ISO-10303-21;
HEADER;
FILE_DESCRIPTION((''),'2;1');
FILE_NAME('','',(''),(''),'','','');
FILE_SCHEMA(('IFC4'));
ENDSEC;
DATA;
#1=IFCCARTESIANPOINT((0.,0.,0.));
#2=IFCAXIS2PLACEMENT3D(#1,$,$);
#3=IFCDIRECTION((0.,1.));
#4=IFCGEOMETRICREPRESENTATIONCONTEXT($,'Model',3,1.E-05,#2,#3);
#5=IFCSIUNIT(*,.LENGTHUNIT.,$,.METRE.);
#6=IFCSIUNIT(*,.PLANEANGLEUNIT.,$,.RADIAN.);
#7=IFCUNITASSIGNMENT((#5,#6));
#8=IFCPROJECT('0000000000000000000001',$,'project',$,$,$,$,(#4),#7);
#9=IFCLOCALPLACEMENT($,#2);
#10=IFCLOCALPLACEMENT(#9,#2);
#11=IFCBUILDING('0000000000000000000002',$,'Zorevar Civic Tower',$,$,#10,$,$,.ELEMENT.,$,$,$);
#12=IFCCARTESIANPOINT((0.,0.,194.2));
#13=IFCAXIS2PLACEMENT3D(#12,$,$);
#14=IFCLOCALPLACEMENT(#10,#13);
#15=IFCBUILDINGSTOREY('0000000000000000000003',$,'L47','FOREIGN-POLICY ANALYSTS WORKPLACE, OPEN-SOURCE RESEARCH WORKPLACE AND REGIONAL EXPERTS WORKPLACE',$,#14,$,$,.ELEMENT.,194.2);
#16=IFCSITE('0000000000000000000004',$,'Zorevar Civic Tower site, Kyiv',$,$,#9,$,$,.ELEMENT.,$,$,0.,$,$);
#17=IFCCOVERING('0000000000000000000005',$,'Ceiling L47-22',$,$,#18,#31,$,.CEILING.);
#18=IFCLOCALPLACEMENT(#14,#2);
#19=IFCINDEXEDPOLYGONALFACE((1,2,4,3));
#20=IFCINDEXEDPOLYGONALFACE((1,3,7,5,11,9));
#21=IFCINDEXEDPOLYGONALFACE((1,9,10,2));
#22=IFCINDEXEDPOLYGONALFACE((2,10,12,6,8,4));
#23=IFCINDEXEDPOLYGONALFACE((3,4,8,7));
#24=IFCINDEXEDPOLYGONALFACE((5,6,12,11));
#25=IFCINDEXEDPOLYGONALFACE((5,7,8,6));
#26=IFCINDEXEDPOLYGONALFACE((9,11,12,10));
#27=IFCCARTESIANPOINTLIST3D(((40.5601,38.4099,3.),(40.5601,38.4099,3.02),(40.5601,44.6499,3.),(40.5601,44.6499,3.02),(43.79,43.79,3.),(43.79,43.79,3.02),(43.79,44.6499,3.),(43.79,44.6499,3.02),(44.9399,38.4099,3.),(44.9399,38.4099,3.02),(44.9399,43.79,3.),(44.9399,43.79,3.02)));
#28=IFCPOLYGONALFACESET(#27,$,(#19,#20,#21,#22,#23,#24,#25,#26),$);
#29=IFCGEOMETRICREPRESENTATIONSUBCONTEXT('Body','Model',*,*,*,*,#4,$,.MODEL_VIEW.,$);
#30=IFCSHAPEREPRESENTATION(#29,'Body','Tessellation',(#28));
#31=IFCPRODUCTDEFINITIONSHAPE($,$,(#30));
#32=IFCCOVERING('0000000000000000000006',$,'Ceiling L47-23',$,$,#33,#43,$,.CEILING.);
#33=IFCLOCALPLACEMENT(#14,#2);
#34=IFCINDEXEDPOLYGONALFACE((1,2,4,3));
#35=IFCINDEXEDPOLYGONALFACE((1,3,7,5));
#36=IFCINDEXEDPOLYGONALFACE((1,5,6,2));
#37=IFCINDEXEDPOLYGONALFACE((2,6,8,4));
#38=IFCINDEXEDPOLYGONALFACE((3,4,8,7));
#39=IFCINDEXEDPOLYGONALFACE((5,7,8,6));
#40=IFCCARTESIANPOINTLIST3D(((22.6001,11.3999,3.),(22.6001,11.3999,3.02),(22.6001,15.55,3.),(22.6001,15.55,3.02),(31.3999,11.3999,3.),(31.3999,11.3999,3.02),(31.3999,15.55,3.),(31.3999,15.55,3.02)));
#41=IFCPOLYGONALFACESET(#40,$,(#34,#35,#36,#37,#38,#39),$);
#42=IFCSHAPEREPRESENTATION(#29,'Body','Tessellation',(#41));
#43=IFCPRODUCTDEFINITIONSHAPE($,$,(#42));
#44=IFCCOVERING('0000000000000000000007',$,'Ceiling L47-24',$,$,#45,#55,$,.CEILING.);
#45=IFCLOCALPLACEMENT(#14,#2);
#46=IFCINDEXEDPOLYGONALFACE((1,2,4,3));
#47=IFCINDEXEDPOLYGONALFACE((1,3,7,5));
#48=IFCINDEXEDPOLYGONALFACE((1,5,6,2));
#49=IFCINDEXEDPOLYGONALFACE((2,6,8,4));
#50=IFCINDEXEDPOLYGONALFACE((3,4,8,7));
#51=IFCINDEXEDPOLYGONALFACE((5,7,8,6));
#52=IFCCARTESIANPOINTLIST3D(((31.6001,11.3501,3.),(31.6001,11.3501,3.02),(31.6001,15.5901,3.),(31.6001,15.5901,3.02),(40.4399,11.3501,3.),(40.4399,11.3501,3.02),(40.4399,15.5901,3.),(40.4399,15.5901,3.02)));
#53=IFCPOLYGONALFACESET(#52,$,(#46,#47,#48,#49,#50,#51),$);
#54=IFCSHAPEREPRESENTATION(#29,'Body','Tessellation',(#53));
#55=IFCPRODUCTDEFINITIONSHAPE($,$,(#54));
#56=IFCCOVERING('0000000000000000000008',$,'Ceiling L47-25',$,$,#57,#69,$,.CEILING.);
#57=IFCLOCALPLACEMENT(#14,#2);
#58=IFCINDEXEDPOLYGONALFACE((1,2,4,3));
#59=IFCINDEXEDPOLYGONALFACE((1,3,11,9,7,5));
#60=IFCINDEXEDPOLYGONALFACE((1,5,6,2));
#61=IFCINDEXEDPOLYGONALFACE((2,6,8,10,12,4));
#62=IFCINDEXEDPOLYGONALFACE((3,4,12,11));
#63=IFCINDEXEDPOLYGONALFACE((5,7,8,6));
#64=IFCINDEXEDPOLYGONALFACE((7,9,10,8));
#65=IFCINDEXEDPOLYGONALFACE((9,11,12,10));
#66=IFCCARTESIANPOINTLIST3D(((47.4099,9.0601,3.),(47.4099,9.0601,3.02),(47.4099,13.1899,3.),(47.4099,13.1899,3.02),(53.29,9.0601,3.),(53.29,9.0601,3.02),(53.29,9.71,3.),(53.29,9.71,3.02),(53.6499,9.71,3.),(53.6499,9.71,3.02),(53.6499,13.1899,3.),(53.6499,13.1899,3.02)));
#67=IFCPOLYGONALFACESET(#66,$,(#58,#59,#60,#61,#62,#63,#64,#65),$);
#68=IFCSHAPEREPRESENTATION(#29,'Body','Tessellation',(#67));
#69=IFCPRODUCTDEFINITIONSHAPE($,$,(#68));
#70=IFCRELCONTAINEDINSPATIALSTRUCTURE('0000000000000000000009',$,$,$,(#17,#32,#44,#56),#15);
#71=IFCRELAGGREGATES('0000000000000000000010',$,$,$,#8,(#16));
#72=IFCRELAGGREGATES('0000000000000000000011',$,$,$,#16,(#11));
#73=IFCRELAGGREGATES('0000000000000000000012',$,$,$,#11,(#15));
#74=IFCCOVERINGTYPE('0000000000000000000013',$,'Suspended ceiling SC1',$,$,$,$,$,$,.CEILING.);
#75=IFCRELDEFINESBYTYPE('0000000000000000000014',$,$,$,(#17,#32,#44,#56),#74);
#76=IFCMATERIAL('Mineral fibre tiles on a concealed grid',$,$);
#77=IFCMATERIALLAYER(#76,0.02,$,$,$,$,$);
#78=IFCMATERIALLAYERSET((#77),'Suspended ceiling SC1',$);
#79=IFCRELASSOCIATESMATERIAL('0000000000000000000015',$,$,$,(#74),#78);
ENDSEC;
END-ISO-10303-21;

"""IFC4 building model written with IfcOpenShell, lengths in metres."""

from ifc_helpers import new_model, si_unit, direction, frame, origin, place, context, subcontext, project, spatial, polyline, outline, extrude, material, layer, layer_set, type_object, element, save


model = new_model("IFC4")

# Units and contexts
model_context = context("Model", 3, precision=1e-05, world=origin(), true_north=direction((0.0, 1.0)))
body_context = subcontext(model_context, "Body", "Model", "MODEL_VIEW")
ifc_project = project(units=[si_unit("LENGTHUNIT", "METRE"), si_unit("PLANEANGLEUNIT", "RADIAN")], contexts=[model_context])

# Site, building, storey
site_placement = place(None, origin())
site = spatial("IfcSite", under=ifc_project, at=site_placement, Name="Zorevar Civic Tower site, Kyiv", CompositionType="ELEMENT", RefElevation=0.0)
building_placement = place(site_placement, origin())
building = spatial("IfcBuilding", under=site, at=building_placement, Name="Zorevar Civic Tower", CompositionType="ELEMENT")
storey_placement = place(building_placement, frame((0.0, 0.0, 194.2)))
storey = spatial("IfcBuildingStorey", under=building, at=storey_placement, Name="L47", Description="FOREIGN-POLICY ANALYSTS WORKPLACE, OPEN-SOURCE RESEARCH WORKPLACE AND REGIONAL EXPERTS WORKPLACE", CompositionType="ELEMENT", Elevation=194.2)

# Coverings
ifc_material_1 = material(Name="Mineral fibre tiles on a concealed grid")
ifc_layer_1 = layer(ifc_material_1, 0.02)
ifc_layer_set_1 = layer_set([ifc_layer_1], Name="Suspended ceiling SC1")
covering_type_1 = type_object("IfcCoveringType", Name="Suspended ceiling SC1", PredefinedType="CEILING", material=ifc_layer_set_1)
covering_1_placement = place(storey_placement, frame((0.0, 0.0, 3.0)))
element("IfcCovering", 1, at=covering_1_placement, inside=storey, type_object=covering_type_1, Name="Ceiling L47-22", PredefinedType="CEILING", context=body_context, shape_type="SweptSolid", body=[
    extrude(outline(polyline([(40.5601, 38.4099), (40.5601, 44.6499), (43.79, 44.6499), (43.79, 43.79), (44.9399, 43.79), (44.9399, 38.4099), (40.5601, 38.4099)])), origin(), (0.0, 0.0, 1.0), 0.02),
])
covering_2_placement = place(storey_placement, frame((0.0, 0.0, 3.0)))
element("IfcCovering", 2, at=covering_2_placement, inside=storey, type_object=covering_type_1, Name="Ceiling L47-23", PredefinedType="CEILING", context=body_context, shape_type="SweptSolid", body=[
    extrude(outline(polyline([(22.6001, 15.55), (31.3999, 15.55), (31.3999, 11.3999), (22.6001, 11.3999), (22.6001, 15.55)])), origin(), (0.0, 0.0, 1.0), 0.02),
])
covering_3_placement = place(storey_placement, frame((0.0, 0.0, 3.0)))
element("IfcCovering", 3, at=covering_3_placement, inside=storey, type_object=covering_type_1, Name="Ceiling L47-24", PredefinedType="CEILING", context=body_context, shape_type="SweptSolid", body=[
    extrude(outline(polyline([(31.6001, 15.5901), (40.4399, 15.5901), (40.4399, 11.3501), (31.6001, 11.3501), (31.6001, 15.5901)])), origin(), (0.0, 0.0, 1.0), 0.02),
])
covering_4_placement = place(storey_placement, frame((0.0, 0.0, 3.0)))
element("IfcCovering", 4, at=covering_4_placement, inside=storey, type_object=covering_type_1, Name="Ceiling L47-25", PredefinedType="CEILING", context=body_context, shape_type="SweptSolid", body=[
    extrude(outline(polyline([(47.4099, 13.1899), (53.6499, 13.1899), (53.6499, 9.71), (53.29, 9.71), (53.29, 9.0601), (47.4099, 9.0601), (47.4099, 13.1899)])), origin(), (0.0, 0.0, 1.0), 0.02),
])

save(model, "model.ifc")
